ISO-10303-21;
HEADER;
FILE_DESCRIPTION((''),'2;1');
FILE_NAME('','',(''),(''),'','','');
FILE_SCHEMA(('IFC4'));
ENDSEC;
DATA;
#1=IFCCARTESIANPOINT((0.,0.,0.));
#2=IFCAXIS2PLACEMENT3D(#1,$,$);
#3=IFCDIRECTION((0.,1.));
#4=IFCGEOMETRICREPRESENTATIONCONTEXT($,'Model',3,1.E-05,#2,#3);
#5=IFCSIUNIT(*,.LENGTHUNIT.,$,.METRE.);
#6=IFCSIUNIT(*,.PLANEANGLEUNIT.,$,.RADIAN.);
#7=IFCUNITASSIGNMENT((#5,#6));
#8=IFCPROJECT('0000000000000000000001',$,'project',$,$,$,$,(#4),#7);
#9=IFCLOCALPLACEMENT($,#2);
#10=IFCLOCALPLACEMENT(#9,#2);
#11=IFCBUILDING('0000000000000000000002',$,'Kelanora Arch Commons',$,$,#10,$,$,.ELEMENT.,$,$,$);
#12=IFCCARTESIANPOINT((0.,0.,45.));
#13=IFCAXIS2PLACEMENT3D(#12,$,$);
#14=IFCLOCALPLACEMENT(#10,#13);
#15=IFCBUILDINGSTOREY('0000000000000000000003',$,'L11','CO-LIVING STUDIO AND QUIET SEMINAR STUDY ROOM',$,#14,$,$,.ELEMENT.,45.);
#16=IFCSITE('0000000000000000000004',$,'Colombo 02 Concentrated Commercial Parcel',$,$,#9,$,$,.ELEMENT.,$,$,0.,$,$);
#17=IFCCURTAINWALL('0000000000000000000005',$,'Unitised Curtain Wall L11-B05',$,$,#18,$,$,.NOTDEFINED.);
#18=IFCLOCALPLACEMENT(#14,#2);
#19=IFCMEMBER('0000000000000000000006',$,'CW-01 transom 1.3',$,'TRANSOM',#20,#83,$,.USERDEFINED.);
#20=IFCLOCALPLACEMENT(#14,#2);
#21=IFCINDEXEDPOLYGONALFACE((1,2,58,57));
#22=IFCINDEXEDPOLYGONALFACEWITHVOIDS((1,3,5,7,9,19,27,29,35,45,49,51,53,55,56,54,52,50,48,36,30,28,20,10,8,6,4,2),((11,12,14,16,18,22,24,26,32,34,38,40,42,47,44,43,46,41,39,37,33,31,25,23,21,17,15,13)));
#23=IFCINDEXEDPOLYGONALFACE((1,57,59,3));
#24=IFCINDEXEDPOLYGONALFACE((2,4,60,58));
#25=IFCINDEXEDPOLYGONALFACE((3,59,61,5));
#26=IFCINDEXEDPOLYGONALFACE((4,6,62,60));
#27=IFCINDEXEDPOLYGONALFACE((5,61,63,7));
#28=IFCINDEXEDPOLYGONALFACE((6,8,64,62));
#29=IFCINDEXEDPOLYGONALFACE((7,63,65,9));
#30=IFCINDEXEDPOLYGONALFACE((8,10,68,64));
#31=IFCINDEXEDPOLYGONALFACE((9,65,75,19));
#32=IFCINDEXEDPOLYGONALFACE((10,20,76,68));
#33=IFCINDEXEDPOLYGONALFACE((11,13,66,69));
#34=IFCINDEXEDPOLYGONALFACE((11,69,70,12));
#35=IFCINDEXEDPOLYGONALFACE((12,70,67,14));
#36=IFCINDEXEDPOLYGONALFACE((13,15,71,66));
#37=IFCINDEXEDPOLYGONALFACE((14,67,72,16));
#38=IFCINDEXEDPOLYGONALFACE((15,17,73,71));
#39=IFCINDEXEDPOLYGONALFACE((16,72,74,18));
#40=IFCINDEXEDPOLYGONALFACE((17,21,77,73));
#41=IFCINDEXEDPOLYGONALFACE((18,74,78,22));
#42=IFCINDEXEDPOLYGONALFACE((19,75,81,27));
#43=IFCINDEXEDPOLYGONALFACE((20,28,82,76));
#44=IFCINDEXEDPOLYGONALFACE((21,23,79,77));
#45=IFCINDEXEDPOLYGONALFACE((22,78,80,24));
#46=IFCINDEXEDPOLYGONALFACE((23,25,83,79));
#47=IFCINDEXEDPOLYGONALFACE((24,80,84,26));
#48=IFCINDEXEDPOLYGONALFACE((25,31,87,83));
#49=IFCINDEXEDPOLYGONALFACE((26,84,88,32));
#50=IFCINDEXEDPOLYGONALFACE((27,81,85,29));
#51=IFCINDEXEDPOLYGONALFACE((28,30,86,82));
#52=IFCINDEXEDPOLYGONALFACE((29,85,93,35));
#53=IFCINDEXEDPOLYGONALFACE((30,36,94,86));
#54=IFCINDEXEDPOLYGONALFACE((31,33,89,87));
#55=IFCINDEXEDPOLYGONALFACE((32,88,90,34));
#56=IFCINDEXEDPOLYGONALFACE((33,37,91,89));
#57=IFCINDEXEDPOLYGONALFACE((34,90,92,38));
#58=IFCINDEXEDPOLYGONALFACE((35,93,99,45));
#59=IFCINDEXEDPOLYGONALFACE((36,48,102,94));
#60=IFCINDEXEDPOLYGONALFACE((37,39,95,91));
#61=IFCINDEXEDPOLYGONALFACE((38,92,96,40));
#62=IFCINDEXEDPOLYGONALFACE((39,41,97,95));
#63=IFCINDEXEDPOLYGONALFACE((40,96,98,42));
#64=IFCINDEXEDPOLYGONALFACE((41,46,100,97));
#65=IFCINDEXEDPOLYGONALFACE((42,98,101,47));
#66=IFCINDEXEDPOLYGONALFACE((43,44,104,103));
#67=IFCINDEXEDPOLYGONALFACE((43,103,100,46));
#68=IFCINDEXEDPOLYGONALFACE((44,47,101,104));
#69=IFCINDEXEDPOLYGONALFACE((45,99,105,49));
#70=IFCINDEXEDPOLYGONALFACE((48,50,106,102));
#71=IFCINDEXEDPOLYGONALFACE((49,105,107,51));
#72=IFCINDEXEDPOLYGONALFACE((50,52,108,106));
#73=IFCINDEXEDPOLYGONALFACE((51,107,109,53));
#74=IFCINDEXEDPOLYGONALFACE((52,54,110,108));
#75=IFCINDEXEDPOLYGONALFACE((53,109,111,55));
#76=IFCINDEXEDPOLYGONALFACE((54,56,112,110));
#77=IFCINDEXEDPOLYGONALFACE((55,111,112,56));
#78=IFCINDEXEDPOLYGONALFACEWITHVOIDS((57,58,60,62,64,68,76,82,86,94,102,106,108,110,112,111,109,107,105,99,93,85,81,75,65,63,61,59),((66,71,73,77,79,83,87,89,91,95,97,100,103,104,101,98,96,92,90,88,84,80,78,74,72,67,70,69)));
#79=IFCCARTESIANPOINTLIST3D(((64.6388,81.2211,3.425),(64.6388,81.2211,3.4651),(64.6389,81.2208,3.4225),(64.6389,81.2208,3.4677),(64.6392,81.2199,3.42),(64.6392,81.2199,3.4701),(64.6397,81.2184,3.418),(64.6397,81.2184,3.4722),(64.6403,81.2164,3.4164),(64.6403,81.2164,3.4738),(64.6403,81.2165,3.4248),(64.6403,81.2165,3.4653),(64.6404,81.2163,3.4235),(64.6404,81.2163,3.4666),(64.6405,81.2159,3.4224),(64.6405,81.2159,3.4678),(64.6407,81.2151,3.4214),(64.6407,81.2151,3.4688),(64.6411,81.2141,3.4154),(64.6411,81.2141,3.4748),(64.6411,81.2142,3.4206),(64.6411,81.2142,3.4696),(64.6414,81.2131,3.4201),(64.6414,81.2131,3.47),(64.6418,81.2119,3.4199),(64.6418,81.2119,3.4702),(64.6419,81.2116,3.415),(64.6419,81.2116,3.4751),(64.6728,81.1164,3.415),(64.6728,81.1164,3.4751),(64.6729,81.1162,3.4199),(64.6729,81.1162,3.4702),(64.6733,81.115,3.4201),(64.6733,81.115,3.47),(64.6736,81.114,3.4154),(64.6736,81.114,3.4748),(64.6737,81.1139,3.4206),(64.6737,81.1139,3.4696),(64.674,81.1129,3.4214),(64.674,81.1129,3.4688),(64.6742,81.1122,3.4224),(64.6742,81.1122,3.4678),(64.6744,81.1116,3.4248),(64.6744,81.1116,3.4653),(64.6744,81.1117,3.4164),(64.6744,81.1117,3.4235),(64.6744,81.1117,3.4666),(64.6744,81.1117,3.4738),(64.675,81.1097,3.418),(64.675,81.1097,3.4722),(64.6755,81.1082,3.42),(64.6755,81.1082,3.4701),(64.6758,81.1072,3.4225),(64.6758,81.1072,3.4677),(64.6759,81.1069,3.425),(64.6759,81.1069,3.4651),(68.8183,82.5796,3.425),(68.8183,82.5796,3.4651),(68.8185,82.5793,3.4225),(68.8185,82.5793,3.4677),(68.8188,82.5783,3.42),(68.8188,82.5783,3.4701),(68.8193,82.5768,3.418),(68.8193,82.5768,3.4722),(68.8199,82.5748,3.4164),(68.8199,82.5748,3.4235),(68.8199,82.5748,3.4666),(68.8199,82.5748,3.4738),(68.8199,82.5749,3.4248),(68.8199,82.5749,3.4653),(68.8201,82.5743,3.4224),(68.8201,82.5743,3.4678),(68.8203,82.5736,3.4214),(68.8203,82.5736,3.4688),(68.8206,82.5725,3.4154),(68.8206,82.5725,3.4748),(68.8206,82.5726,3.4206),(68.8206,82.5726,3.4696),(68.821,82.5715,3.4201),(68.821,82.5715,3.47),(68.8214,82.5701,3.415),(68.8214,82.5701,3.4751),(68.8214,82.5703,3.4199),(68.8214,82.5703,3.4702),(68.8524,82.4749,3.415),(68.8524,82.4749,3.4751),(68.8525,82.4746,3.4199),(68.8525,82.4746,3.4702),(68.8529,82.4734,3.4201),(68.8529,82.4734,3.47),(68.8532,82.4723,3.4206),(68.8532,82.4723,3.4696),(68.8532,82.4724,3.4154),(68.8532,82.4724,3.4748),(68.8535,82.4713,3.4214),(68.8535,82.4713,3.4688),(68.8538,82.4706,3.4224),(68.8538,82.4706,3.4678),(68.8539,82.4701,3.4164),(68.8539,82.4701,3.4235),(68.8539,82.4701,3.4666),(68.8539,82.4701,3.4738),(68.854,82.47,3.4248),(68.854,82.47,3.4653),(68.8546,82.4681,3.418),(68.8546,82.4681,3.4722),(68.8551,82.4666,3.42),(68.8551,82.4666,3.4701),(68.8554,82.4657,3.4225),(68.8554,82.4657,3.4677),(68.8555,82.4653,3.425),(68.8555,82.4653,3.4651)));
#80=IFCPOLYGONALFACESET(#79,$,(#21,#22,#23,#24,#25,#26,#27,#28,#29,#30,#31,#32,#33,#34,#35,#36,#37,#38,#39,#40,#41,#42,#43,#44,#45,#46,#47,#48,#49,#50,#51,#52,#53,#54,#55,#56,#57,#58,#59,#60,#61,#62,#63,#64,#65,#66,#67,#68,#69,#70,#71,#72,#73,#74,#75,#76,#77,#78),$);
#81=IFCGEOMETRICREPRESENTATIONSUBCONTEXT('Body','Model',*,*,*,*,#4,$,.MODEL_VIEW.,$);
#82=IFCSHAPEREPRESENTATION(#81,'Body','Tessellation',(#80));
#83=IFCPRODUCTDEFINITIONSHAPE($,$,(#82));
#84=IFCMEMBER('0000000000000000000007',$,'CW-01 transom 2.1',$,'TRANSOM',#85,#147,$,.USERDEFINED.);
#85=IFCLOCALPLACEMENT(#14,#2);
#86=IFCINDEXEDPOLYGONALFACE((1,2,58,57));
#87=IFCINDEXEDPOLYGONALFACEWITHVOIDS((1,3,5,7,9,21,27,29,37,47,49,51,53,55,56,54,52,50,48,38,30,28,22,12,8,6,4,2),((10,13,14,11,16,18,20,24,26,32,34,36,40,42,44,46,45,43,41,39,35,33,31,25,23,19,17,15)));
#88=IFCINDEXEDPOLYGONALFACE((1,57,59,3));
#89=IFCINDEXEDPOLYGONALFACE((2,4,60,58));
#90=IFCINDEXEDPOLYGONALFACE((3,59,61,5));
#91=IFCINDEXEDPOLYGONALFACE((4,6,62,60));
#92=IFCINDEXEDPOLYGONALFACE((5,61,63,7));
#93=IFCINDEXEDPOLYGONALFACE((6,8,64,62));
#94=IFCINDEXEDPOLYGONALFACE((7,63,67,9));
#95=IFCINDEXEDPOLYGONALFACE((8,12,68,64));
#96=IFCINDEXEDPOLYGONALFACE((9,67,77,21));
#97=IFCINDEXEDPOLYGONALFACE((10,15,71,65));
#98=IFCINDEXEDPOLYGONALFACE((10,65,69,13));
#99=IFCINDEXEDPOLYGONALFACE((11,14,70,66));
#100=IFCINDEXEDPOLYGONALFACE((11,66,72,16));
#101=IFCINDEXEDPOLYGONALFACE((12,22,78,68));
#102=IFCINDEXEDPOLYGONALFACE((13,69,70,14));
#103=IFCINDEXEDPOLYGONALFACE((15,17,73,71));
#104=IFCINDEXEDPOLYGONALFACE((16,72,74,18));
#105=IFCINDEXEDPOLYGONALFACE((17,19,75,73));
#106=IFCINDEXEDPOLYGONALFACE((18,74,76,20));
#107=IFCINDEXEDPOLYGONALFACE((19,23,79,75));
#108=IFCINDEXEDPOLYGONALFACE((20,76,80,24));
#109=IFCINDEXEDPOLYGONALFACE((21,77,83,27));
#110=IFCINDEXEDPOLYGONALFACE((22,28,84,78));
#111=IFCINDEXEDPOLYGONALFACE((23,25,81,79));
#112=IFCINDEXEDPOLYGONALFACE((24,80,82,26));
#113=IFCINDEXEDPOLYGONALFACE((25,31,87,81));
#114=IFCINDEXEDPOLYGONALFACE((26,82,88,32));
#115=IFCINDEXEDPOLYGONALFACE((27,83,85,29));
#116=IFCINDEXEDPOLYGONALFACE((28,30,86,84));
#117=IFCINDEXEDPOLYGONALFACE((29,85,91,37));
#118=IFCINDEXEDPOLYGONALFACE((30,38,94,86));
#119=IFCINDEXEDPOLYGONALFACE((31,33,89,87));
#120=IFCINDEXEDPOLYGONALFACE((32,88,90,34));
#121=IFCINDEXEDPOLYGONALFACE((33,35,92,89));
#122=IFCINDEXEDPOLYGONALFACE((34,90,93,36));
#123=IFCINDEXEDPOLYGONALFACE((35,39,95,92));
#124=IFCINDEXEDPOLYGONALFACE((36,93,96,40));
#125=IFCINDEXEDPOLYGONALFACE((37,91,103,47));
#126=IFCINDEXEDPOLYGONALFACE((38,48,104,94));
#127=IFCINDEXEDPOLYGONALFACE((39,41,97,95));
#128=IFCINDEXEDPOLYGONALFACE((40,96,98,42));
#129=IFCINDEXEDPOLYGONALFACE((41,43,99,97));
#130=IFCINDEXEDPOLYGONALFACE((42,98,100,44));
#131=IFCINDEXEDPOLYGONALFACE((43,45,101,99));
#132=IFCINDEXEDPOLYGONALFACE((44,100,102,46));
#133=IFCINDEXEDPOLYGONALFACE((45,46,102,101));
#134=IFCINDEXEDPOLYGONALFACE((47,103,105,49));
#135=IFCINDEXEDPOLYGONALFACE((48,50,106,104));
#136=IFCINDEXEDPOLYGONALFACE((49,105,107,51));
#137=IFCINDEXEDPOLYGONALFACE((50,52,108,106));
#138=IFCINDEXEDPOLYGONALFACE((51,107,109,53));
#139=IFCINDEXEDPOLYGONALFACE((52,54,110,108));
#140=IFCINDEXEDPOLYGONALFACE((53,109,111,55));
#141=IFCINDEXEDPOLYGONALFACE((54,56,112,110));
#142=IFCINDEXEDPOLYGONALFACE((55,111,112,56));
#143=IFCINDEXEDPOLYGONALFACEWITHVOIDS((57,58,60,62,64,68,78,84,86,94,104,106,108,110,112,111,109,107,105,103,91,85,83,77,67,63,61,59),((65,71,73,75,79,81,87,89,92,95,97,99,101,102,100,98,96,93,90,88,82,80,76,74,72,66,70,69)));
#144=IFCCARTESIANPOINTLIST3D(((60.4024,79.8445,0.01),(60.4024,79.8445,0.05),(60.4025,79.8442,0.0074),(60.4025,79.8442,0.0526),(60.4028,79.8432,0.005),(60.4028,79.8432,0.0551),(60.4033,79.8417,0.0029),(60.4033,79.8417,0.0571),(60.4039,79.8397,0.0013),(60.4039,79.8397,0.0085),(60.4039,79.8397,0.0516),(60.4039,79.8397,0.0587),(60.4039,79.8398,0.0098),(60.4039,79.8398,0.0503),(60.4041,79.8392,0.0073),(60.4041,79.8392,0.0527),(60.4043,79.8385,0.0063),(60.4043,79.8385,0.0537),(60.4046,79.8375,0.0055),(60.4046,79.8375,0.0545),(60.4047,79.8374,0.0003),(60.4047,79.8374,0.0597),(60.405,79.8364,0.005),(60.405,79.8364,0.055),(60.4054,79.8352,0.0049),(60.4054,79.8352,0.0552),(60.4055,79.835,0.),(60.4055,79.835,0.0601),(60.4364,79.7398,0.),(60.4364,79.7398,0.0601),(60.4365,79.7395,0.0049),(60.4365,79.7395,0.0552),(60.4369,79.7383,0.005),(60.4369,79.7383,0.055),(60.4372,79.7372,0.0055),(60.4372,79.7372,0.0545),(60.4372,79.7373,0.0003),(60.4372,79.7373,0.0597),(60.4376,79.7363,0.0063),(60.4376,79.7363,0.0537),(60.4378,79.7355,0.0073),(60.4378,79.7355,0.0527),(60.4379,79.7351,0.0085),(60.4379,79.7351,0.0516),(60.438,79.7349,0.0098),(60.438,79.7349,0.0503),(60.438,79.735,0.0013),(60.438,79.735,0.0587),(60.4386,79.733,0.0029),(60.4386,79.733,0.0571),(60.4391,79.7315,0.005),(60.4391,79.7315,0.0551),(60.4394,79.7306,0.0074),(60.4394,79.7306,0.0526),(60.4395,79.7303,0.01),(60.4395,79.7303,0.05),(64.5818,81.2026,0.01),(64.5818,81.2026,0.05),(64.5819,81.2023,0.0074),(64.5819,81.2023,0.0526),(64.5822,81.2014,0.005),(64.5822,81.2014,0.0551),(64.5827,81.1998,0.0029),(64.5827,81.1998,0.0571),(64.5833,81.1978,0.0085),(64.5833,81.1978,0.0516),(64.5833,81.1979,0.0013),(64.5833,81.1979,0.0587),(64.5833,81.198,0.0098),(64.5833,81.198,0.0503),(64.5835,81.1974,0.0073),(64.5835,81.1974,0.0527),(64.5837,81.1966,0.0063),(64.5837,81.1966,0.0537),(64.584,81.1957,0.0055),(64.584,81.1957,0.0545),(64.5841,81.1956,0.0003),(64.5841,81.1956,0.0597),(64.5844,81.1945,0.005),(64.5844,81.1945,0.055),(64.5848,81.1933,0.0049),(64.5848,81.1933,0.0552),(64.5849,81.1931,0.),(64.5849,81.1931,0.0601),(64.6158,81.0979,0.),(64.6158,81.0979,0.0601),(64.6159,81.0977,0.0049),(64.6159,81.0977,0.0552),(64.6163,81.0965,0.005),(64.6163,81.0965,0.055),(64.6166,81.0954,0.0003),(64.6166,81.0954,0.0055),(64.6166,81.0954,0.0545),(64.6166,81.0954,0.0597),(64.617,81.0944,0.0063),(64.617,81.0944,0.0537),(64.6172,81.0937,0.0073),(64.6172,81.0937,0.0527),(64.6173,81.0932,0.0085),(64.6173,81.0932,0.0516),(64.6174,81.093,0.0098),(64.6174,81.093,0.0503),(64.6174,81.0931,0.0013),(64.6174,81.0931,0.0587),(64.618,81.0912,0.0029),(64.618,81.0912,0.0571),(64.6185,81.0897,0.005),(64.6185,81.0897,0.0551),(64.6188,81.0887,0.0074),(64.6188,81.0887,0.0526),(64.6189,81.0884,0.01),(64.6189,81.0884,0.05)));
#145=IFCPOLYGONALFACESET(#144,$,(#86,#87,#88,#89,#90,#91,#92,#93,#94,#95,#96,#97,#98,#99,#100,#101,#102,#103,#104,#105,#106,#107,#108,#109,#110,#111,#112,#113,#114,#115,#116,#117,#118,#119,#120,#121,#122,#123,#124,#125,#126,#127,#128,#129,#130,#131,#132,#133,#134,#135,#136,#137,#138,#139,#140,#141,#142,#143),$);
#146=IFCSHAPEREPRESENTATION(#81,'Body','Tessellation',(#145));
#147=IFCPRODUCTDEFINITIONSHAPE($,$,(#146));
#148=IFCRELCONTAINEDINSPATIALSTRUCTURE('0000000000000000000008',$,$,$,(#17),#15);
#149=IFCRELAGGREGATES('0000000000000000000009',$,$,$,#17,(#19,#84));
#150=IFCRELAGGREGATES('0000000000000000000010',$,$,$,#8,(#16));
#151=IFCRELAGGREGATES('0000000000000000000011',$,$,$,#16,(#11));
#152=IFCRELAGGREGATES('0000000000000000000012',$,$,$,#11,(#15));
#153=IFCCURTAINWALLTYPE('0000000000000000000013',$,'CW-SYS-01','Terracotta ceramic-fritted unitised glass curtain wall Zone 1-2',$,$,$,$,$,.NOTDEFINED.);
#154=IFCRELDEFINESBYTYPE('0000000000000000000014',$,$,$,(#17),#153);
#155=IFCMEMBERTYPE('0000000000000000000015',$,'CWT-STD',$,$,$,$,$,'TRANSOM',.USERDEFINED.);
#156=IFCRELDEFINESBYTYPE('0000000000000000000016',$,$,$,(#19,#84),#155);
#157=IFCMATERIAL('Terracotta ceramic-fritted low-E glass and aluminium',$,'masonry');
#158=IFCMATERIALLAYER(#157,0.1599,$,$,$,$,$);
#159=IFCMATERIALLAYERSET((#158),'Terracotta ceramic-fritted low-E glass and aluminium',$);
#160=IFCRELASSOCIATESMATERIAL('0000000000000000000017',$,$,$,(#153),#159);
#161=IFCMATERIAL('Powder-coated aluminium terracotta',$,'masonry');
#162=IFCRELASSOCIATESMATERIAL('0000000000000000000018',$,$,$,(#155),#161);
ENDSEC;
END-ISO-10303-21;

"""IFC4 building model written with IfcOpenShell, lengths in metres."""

from ifc_helpers import new_model, si_unit, direction, frame, origin, origin_2d, place, context, subcontext, project, spatial, hollow_rectangle, extrude, material, layer, layer_set, material_profile, profile_set, type_object, element, aggregate, save


model = new_model("IFC4")

# Units and contexts
model_context = context("Model", 3, precision=1e-05, world=origin(), true_north=direction((0.0, 1.0)))
body_context = subcontext(model_context, "Body", "Model", "MODEL_VIEW")
ifc_project = project(units=[si_unit("LENGTHUNIT", "METRE"), si_unit("PLANEANGLEUNIT", "RADIAN")], contexts=[model_context])

# Site, building, storey
site_placement = place(None, origin())
site = spatial("IfcSite", under=ifc_project, at=site_placement, Name="Colombo 02 Concentrated Commercial Parcel", CompositionType="ELEMENT", RefElevation=0.0)
building_placement = place(site_placement, origin())
building = spatial("IfcBuilding", under=site, at=building_placement, Name="Kelanora Arch Commons", CompositionType="ELEMENT")
storey_placement = place(building_placement, frame((0.0, 0.0, 45.0)))
storey = spatial("IfcBuildingStorey", under=building, at=storey_placement, Name="L11", Description="CO-LIVING STUDIO AND QUIET SEMINAR STUDY ROOM", CompositionType="ELEMENT", Elevation=45.0)

# Curtain wall, members
ifc_material_1 = material(Name="Terracotta ceramic-fritted low-E glass and aluminium", Category="masonry")
ifc_layer_1 = layer(ifc_material_1, 0.1599)
ifc_layer_set_1 = layer_set([ifc_layer_1], Name="Terracotta ceramic-fritted low-E glass and aluminium")
curtain_wall_type = type_object("IfcCurtainWallType", Name="CW-SYS-01", Description="Terracotta ceramic-fritted unitised glass curtain wall Zone 1-2", PredefinedType="NOTDEFINED", material=ifc_layer_set_1)
curtain_wall_placement = place(storey_placement, origin())
curtain_wall = element("IfcCurtainWall", 1, at=curtain_wall_placement, inside=storey, type_object=curtain_wall_type, Name="Unitised Curtain Wall L11-B05", PredefinedType="NOTDEFINED")
ifc_material_2 = material(Name="Powder-coated aluminium terracotta", Category="masonry")
ifc_material_profile_1 = material_profile(ifc_material_2, hollow_rectangle(XDim=0.1201, YDim=0.0601, WallThickness=0.0049, InnerFilletRadius=0.0049, OuterFilletRadius=0.01, at=origin_2d()), Name="CWT120x60")
ifc_profile_set_1 = profile_set([ifc_material_profile_1], Name="Powder-coated aluminium terracotta")
member_type_1 = type_object("IfcMemberType", Name="CWT-STD", ElementType="TRANSOM", PredefinedType="USERDEFINED", material=ifc_profile_set_1)
member_1_placement = place(storey_placement, frame((68.8369, 82.5225, 3.4451), z_axis=(-0.951029, -0.309102, 0.0), x_axis=(0.309102, -0.951029, 0.0)))
member_1 = element("IfcMember", 2, at=member_1_placement, type_object=member_type_1, Name="CW-01 transom 1.3", ObjectType="TRANSOM", PredefinedType="USERDEFINED", context=body_context, shape_type="SweptSolid", body=[
    extrude(hollow_rectangle(XDim=0.1201, YDim=0.0601, WallThickness=0.0049, InnerFilletRadius=0.0049, OuterFilletRadius=0.01, at=origin_2d()), origin(), (0.0, 0.0, 1.0), 4.3948),
])
member_2_placement = place(storey_placement, frame((64.6003, 81.1455, 0.03), z_axis=(-0.951045, -0.309052, 0.0), x_axis=(0.309052, -0.951045, 0.0)))
member_2 = element("IfcMember", 3, at=member_2_placement, type_object=member_type_1, Name="CW-01 transom 2.1", ObjectType="TRANSOM", PredefinedType="USERDEFINED", context=body_context, shape_type="SweptSolid", body=[
    extrude(hollow_rectangle(XDim=0.1201, YDim=0.0601, WallThickness=0.0049, InnerFilletRadius=0.0049, OuterFilletRadius=0.01, at=origin_2d()), origin(), (0.0, 0.0, 1.0), 4.3945),
])
aggregate(curtain_wall, [member_1, member_2])

save(model, "model.ifc")
